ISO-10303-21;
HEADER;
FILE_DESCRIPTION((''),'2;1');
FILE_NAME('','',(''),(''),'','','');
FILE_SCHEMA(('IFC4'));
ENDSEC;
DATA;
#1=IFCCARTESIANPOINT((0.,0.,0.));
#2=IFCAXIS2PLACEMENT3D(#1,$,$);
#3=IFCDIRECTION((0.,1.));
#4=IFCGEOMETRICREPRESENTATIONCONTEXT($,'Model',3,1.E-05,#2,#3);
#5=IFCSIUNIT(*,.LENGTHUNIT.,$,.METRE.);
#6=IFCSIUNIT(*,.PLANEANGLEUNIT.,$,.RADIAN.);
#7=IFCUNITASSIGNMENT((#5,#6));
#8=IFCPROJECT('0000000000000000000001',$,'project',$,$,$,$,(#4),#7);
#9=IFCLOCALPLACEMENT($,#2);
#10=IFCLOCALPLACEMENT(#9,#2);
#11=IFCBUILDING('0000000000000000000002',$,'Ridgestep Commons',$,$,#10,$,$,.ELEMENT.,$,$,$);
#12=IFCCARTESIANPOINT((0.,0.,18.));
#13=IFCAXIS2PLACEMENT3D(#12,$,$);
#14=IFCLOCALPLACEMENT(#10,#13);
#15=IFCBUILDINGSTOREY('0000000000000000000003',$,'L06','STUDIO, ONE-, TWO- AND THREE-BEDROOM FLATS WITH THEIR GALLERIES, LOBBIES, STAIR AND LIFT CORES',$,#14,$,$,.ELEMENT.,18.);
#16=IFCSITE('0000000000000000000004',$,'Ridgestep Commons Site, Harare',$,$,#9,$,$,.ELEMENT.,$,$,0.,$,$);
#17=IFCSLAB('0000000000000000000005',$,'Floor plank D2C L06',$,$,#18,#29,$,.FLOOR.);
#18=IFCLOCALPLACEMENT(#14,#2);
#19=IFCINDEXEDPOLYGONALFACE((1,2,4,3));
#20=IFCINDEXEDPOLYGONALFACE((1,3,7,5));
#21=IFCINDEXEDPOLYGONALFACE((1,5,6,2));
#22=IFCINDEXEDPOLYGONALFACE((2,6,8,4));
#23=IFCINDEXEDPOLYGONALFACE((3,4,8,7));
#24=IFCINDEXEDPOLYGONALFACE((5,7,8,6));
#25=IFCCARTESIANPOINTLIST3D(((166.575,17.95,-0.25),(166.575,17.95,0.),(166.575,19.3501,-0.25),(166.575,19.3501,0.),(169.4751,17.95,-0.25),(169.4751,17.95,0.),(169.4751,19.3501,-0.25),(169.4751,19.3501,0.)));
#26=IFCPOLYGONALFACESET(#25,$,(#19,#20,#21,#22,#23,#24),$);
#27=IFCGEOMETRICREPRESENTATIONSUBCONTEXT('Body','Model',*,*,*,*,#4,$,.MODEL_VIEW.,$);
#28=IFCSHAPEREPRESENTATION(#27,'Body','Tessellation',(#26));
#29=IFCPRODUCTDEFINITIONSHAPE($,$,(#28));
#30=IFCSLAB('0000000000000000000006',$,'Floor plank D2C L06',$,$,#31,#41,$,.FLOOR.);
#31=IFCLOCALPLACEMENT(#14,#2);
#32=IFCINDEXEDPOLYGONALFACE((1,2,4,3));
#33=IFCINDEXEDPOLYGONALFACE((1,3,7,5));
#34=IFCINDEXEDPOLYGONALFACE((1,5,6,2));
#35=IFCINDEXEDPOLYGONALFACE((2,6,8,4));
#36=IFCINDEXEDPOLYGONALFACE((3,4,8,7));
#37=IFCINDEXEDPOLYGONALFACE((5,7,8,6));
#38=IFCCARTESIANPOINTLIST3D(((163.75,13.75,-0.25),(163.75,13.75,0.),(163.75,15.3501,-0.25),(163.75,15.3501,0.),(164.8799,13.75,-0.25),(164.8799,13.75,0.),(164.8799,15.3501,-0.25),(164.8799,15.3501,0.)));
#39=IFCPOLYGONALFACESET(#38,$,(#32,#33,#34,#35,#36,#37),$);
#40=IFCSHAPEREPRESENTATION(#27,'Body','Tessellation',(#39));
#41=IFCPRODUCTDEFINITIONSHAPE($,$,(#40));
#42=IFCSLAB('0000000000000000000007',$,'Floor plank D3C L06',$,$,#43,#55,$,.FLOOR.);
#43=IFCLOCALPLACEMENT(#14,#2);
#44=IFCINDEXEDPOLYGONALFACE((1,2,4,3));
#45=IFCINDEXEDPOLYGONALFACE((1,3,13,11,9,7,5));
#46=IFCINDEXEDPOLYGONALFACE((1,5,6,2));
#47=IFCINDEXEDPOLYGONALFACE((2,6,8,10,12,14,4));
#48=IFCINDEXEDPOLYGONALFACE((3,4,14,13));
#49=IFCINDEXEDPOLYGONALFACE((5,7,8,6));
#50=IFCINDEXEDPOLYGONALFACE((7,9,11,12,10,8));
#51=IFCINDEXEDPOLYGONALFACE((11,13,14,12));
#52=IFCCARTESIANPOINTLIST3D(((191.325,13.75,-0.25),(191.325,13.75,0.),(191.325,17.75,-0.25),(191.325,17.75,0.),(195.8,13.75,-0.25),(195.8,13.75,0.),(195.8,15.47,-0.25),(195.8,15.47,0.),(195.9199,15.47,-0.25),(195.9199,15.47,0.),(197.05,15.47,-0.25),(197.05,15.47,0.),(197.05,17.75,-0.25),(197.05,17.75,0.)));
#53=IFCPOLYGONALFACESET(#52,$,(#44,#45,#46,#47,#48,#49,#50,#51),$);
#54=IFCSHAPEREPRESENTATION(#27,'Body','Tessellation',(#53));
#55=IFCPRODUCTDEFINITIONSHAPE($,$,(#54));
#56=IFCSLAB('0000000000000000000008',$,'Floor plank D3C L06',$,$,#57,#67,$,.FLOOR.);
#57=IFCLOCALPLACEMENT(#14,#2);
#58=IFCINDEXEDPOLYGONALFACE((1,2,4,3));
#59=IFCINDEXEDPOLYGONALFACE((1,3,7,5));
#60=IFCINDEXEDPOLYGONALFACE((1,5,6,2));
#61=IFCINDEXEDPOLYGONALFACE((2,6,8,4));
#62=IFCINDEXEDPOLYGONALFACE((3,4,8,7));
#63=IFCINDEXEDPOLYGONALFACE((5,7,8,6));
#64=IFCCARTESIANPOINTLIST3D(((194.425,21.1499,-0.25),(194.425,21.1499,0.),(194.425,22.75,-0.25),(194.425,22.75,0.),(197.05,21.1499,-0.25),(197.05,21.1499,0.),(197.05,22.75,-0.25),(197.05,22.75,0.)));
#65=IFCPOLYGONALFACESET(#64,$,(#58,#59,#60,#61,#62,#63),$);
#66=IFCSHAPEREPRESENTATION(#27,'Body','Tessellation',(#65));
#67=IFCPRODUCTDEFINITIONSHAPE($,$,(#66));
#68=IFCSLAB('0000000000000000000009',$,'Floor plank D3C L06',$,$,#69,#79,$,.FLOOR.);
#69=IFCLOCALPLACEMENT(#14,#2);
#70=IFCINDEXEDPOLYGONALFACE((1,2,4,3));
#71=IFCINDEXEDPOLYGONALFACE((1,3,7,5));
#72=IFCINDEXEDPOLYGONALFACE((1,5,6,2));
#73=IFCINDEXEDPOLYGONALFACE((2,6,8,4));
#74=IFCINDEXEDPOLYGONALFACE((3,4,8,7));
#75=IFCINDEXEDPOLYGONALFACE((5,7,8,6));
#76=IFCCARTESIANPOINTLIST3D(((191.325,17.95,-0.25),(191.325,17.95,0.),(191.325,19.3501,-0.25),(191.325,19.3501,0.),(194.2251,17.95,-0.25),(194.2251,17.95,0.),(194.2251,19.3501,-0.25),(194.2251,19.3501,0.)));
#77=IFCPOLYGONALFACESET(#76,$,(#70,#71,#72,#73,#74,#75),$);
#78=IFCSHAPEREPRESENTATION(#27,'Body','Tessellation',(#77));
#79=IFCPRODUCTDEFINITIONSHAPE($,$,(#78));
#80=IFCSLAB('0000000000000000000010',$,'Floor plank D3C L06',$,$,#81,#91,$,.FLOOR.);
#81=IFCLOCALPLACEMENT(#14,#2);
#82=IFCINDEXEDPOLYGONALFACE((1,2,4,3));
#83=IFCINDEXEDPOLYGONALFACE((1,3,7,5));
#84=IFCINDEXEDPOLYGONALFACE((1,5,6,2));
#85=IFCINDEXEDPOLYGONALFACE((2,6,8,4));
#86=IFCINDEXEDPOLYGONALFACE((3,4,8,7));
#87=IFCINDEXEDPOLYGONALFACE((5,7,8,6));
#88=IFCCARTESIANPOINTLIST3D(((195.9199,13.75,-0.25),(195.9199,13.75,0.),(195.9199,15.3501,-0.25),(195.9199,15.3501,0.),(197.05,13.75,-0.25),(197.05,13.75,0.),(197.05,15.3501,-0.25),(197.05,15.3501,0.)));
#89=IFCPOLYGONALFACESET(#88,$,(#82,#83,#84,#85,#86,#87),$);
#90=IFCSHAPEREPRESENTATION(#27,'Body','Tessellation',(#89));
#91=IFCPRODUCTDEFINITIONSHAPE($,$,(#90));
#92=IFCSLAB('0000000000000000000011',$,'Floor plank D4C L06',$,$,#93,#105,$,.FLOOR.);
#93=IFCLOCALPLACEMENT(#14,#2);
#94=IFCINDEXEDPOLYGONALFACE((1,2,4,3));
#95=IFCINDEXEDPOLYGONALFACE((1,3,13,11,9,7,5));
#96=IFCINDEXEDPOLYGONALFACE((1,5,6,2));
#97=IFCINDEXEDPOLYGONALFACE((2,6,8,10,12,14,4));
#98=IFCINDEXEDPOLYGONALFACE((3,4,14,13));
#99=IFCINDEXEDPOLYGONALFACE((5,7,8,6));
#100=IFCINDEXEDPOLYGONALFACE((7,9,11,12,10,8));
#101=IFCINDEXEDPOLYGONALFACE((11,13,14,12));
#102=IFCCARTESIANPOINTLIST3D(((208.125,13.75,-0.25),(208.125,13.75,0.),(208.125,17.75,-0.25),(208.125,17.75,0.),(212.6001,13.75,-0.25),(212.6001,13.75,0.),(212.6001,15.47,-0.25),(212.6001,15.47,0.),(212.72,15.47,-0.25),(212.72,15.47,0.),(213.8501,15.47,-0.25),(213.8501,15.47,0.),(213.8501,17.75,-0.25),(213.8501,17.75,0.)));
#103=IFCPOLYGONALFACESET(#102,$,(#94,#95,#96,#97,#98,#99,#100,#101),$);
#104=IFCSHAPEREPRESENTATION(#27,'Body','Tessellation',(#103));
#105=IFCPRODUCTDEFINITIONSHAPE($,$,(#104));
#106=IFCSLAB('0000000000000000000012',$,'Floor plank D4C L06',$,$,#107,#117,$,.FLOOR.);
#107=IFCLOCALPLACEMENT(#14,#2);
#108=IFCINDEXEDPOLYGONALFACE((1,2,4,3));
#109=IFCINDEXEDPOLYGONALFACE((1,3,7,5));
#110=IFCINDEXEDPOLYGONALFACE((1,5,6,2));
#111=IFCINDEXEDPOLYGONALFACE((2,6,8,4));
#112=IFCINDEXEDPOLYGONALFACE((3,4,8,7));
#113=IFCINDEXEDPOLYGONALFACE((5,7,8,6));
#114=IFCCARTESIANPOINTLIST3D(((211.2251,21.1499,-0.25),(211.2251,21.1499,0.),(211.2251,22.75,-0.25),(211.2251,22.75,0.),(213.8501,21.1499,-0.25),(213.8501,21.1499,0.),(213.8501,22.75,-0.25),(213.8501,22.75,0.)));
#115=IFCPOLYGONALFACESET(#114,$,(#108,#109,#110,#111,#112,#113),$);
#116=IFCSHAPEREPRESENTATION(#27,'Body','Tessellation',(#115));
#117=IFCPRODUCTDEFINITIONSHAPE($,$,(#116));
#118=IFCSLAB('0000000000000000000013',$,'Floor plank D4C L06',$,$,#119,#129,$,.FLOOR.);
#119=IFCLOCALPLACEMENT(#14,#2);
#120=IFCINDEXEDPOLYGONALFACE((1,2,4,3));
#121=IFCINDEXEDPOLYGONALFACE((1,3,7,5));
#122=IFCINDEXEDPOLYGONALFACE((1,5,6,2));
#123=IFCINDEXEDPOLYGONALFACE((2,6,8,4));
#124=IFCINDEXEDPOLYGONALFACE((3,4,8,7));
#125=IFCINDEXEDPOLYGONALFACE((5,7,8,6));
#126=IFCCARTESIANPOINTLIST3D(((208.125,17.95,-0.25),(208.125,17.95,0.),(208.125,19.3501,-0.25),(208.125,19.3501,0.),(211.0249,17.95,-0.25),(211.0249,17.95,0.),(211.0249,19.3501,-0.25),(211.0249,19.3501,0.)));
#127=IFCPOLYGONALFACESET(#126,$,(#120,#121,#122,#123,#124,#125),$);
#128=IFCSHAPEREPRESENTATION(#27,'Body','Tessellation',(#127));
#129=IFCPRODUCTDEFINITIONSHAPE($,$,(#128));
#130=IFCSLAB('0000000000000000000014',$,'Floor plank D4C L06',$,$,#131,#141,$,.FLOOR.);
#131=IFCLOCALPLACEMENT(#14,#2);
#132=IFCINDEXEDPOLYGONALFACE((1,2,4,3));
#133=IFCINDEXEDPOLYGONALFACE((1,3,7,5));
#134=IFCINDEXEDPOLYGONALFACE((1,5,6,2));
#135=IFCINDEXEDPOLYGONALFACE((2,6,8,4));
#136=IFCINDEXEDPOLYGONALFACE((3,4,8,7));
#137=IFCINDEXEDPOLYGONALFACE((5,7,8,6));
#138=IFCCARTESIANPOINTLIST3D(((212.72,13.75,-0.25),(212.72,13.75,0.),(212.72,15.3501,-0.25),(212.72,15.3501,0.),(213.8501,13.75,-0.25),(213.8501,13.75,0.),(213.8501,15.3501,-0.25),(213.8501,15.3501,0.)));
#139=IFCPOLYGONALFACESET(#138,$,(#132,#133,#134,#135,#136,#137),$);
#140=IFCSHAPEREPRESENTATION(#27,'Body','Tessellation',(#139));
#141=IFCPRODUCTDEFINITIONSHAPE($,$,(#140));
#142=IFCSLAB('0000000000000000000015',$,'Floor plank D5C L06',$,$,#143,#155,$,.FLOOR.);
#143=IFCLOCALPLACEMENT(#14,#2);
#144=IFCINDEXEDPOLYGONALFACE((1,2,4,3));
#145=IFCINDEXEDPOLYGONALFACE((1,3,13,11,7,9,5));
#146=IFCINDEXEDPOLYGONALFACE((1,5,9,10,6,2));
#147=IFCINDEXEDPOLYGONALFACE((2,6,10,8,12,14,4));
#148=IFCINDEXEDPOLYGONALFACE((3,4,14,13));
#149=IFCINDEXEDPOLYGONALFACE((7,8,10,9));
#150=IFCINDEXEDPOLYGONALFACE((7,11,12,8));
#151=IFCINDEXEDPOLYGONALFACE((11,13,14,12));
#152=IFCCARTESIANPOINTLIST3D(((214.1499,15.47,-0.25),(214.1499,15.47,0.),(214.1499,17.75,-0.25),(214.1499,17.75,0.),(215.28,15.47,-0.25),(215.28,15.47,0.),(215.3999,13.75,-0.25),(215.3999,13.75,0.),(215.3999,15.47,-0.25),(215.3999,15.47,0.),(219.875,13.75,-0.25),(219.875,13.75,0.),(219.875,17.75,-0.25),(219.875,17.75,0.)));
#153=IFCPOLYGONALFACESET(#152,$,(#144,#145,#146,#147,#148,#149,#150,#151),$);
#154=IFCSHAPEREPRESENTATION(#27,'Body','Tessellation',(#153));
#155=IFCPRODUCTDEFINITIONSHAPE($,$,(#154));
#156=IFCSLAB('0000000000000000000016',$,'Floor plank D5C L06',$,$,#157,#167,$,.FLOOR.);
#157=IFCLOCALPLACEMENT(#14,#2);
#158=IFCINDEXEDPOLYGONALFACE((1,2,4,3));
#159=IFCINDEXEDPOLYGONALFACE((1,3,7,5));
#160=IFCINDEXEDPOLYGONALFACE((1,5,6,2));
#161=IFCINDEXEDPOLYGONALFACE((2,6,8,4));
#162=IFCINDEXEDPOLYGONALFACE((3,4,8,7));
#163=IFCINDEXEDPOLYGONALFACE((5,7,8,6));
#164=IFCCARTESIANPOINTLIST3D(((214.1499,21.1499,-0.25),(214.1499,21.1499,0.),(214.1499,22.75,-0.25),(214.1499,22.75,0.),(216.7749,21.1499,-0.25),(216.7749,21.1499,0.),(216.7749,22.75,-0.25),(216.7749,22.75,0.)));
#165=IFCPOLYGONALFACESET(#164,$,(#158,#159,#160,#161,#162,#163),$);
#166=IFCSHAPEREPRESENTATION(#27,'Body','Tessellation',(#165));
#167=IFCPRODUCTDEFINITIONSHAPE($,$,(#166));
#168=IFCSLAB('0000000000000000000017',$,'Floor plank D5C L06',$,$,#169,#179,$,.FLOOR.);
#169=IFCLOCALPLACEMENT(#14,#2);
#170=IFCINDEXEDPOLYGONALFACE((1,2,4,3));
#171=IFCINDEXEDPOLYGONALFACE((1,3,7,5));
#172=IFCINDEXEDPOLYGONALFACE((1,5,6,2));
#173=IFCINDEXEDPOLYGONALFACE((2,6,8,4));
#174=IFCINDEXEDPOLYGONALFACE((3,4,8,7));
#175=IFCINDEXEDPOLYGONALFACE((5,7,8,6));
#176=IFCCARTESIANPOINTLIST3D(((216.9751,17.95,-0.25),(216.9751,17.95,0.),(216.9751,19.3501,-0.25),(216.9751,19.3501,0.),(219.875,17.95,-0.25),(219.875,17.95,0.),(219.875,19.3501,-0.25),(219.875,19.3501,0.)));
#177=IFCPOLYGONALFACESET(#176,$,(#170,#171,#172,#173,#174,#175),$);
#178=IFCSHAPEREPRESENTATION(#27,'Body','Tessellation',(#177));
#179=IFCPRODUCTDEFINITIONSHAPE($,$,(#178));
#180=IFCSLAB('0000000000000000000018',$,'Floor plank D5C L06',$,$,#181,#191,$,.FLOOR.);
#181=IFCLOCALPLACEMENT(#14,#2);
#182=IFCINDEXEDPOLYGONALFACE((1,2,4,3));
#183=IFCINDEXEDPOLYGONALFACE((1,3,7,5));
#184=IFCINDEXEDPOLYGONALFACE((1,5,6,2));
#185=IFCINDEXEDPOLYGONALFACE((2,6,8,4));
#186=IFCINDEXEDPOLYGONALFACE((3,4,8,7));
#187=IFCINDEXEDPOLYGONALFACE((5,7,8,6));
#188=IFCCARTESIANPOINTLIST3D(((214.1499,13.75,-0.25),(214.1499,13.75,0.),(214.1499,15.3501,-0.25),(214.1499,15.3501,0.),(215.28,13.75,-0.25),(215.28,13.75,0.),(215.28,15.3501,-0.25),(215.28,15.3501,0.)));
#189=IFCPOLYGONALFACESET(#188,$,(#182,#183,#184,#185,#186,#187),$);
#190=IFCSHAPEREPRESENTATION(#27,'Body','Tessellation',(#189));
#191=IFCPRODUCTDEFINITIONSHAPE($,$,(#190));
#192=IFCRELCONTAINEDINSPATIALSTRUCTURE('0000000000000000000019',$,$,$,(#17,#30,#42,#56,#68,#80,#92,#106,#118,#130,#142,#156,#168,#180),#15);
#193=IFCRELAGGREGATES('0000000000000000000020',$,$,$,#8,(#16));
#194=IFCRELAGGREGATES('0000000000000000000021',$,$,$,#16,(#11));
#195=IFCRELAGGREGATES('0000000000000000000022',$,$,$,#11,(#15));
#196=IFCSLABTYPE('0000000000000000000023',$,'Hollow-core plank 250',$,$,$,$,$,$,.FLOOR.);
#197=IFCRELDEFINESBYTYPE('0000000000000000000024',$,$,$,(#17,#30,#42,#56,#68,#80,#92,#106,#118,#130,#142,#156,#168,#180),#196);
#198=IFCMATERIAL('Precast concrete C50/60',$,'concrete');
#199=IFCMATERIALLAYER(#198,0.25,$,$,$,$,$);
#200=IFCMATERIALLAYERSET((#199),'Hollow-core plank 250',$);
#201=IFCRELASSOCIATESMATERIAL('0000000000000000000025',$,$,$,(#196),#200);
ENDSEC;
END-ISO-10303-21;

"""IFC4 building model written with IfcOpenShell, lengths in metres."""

from ifc_helpers import new_model, si_unit, direction, frame, origin, place, context, subcontext, project, spatial, polyline, outline, extrude, material, layer, layer_set, type_object, element, save


model = new_model("IFC4")

# Units and contexts
model_context = context("Model", 3, precision=1e-05, world=origin(), true_north=direction((0.0, 1.0)))
body_context = subcontext(model_context, "Body", "Model", "MODEL_VIEW")
ifc_project = project(units=[si_unit("LENGTHUNIT", "METRE"), si_unit("PLANEANGLEUNIT", "RADIAN")], contexts=[model_context])

# Site, building, storey
site_placement = place(None, origin())
site = spatial("IfcSite", under=ifc_project, at=site_placement, Name="Ridgestep Commons Site, Harare", CompositionType="ELEMENT", RefElevation=0.0)
building_placement = place(site_placement, origin())
building = spatial("IfcBuilding", under=site, at=building_placement, Name="Ridgestep Commons", CompositionType="ELEMENT")
storey_placement = place(building_placement, frame((0.0, 0.0, 18.0)))
storey = spatial("IfcBuildingStorey", under=building, at=storey_placement, Name="L06", Description="STUDIO, ONE-, TWO- AND THREE-BEDROOM FLATS WITH THEIR GALLERIES, LOBBIES, STAIR AND LIFT CORES", CompositionType="ELEMENT", Elevation=18.0)

# Slabs
ifc_material = material(Name="Precast concrete C50/60", Category="concrete")
ifc_layer = layer(ifc_material, 0.25)
ifc_layer_set = layer_set([ifc_layer], Name="Hollow-core plank 250")
slab_type = type_object("IfcSlabType", Name="Hollow-core plank 250", PredefinedType="FLOOR", material=ifc_layer_set)
slab_1_placement = place(storey_placement, frame((0.0, 0.0, -0.25)))
element("IfcSlab", 1, at=slab_1_placement, inside=storey, type_object=slab_type, Name="Floor plank D2C L06", PredefinedType="FLOOR", context=body_context, shape_type="SweptSolid", body=[
    extrude(outline(polyline([(169.4751, 17.95), (169.4751, 19.3501), (166.575, 19.3501), (166.575, 17.95), (169.4751, 17.95)])), origin(), (0.0, 0.0, 1.0), 0.25),
])
slab_2_placement = place(storey_placement, frame((0.0, 0.0, -0.25)))
element("IfcSlab", 2, at=slab_2_placement, inside=storey, type_object=slab_type, Name="Floor plank D2C L06", PredefinedType="FLOOR", context=body_context, shape_type="SweptSolid", body=[
    extrude(outline(polyline([(164.8799, 15.3501), (163.75, 15.3501), (163.75, 13.75), (164.8799, 13.75), (164.8799, 15.3501)])), origin(), (0.0, 0.0, 1.0), 0.25),
])
slab_3_placement = place(storey_placement, frame((0.0, 0.0, -0.25)))
element("IfcSlab", 3, at=slab_3_placement, inside=storey, type_object=slab_type, Name="Floor plank D3C L06", PredefinedType="FLOOR", context=body_context, shape_type="SweptSolid", body=[
    extrude(outline(polyline([(195.9199, 15.47), (197.05, 15.47), (197.05, 17.75), (191.325, 17.75), (191.325, 13.75), (195.8, 13.75), (195.8, 15.47), (195.9199, 15.47)])), origin(), (0.0, 0.0, 1.0), 0.25),
])
slab_4_placement = place(storey_placement, frame((0.0, 0.0, -0.25)))
element("IfcSlab", 4, at=slab_4_placement, inside=storey, type_object=slab_type, Name="Floor plank D3C L06", PredefinedType="FLOOR", context=body_context, shape_type="SweptSolid", body=[
    extrude(outline(polyline([(197.05, 21.1499), (197.05, 22.75), (194.425, 22.75), (194.425, 21.1499), (197.05, 21.1499)])), origin(), (0.0, 0.0, 1.0), 0.25),
])
slab_5_placement = place(storey_placement, frame((0.0, 0.0, -0.25)))
element("IfcSlab", 5, at=slab_5_placement, inside=storey, type_object=slab_type, Name="Floor plank D3C L06", PredefinedType="FLOOR", context=body_context, shape_type="SweptSolid", body=[
    extrude(outline(polyline([(194.2251, 17.95), (194.2251, 19.3501), (191.325, 19.3501), (191.325, 17.95), (194.2251, 17.95)])), origin(), (0.0, 0.0, 1.0), 0.25),
])
slab_6_placement = place(storey_placement, frame((0.0, 0.0, -0.25)))
element("IfcSlab", 6, at=slab_6_placement, inside=storey, type_object=slab_type, Name="Floor plank D3C L06", PredefinedType="FLOOR", context=body_context, shape_type="SweptSolid", body=[
    extrude(outline(polyline([(195.9199, 13.75), (197.05, 13.75), (197.05, 15.3501), (195.9199, 15.3501), (195.9199, 13.75)])), origin(), (0.0, 0.0, 1.0), 0.25),
])
slab_7_placement = place(storey_placement, frame((0.0, 0.0, -0.25)))
element("IfcSlab", 7, at=slab_7_placement, inside=storey, type_object=slab_type, Name="Floor plank D4C L06", PredefinedType="FLOOR", context=body_context, shape_type="SweptSolid", body=[
    extrude(outline(polyline([(212.72, 15.47), (213.8501, 15.47), (213.8501, 17.75), (208.125, 17.75), (208.125, 13.75), (212.6001, 13.75), (212.6001, 15.47), (212.72, 15.47)])), origin(), (0.0, 0.0, 1.0), 0.25),
])
slab_8_placement = place(storey_placement, frame((0.0, 0.0, -0.25)))
element("IfcSlab", 8, at=slab_8_placement, inside=storey, type_object=slab_type, Name="Floor plank D4C L06", PredefinedType="FLOOR", context=body_context, shape_type="SweptSolid", body=[
    extrude(outline(polyline([(213.8501, 21.1499), (213.8501, 22.75), (211.2251, 22.75), (211.2251, 21.1499), (213.8501, 21.1499)])), origin(), (0.0, 0.0, 1.0), 0.25),
])
slab_9_placement = place(storey_placement, frame((0.0, 0.0, -0.25)))
element("IfcSlab", 9, at=slab_9_placement, inside=storey, type_object=slab_type, Name="Floor plank D4C L06", PredefinedType="FLOOR", context=body_context, shape_type="SweptSolid", body=[
    extrude(outline(polyline([(211.0249, 17.95), (211.0249, 19.3501), (208.125, 19.3501), (208.125, 17.95), (211.0249, 17.95)])), origin(), (0.0, 0.0, 1.0), 0.25),
])
slab_10_placement = place(storey_placement, frame((0.0, 0.0, -0.25)))
element("IfcSlab", 10, at=slab_10_placement, inside=storey, type_object=slab_type, Name="Floor plank D4C L06", PredefinedType="FLOOR", context=body_context, shape_type="SweptSolid", body=[
    extrude(outline(polyline([(212.72, 13.75), (213.8501, 13.75), (213.8501, 15.3501), (212.72, 15.3501), (212.72, 13.75)])), origin(), (0.0, 0.0, 1.0), 0.25),
])
slab_11_placement = place(storey_placement, frame((0.0, 0.0, -0.25)))
element("IfcSlab", 11, at=slab_11_placement, inside=storey, type_object=slab_type, Name="Floor plank D5C L06", PredefinedType="FLOOR", context=body_context, shape_type="SweptSolid", body=[
    extrude(outline(polyline([(215.3999, 13.75), (219.875, 13.75), (219.875, 17.75), (214.1499, 17.75), (214.1499, 15.47), (215.28, 15.47), (215.3999, 15.47), (215.3999, 13.75)])), origin(), (0.0, 0.0, 1.0), 0.25),
])
slab_12_placement = place(storey_placement, frame((0.0, 0.0, -0.25)))
element("IfcSlab", 12, at=slab_12_placement, inside=storey, type_object=slab_type, Name="Floor plank D5C L06", PredefinedType="FLOOR", context=body_context, shape_type="SweptSolid", body=[
    extrude(outline(polyline([(216.7749, 22.75), (214.1499, 22.75), (214.1499, 21.1499), (216.7749, 21.1499), (216.7749, 22.75)])), origin(), (0.0, 0.0, 1.0), 0.25),
])
slab_13_placement = place(storey_placement, frame((0.0, 0.0, -0.25)))
element("IfcSlab", 13, at=slab_13_placement, inside=storey, type_object=slab_type, Name="Floor plank D5C L06", PredefinedType="FLOOR", context=body_context, shape_type="SweptSolid", body=[
    extrude(outline(polyline([(219.875, 17.95), (219.875, 19.3501), (216.9751, 19.3501), (216.9751, 17.95), (219.875, 17.95)])), origin(), (0.0, 0.0, 1.0), 0.25),
])
slab_14_placement = place(storey_placement, frame((0.0, 0.0, -0.25)))
element("IfcSlab", 14, at=slab_14_placement, inside=storey, type_object=slab_type, Name="Floor plank D5C L06", PredefinedType="FLOOR", context=body_context, shape_type="SweptSolid", body=[
    extrude(outline(polyline([(215.28, 15.3501), (214.1499, 15.3501), (214.1499, 13.75), (215.28, 13.75), (215.28, 15.3501)])), origin(), (0.0, 0.0, 1.0), 0.25),
])

save(model, "model.ifc")
